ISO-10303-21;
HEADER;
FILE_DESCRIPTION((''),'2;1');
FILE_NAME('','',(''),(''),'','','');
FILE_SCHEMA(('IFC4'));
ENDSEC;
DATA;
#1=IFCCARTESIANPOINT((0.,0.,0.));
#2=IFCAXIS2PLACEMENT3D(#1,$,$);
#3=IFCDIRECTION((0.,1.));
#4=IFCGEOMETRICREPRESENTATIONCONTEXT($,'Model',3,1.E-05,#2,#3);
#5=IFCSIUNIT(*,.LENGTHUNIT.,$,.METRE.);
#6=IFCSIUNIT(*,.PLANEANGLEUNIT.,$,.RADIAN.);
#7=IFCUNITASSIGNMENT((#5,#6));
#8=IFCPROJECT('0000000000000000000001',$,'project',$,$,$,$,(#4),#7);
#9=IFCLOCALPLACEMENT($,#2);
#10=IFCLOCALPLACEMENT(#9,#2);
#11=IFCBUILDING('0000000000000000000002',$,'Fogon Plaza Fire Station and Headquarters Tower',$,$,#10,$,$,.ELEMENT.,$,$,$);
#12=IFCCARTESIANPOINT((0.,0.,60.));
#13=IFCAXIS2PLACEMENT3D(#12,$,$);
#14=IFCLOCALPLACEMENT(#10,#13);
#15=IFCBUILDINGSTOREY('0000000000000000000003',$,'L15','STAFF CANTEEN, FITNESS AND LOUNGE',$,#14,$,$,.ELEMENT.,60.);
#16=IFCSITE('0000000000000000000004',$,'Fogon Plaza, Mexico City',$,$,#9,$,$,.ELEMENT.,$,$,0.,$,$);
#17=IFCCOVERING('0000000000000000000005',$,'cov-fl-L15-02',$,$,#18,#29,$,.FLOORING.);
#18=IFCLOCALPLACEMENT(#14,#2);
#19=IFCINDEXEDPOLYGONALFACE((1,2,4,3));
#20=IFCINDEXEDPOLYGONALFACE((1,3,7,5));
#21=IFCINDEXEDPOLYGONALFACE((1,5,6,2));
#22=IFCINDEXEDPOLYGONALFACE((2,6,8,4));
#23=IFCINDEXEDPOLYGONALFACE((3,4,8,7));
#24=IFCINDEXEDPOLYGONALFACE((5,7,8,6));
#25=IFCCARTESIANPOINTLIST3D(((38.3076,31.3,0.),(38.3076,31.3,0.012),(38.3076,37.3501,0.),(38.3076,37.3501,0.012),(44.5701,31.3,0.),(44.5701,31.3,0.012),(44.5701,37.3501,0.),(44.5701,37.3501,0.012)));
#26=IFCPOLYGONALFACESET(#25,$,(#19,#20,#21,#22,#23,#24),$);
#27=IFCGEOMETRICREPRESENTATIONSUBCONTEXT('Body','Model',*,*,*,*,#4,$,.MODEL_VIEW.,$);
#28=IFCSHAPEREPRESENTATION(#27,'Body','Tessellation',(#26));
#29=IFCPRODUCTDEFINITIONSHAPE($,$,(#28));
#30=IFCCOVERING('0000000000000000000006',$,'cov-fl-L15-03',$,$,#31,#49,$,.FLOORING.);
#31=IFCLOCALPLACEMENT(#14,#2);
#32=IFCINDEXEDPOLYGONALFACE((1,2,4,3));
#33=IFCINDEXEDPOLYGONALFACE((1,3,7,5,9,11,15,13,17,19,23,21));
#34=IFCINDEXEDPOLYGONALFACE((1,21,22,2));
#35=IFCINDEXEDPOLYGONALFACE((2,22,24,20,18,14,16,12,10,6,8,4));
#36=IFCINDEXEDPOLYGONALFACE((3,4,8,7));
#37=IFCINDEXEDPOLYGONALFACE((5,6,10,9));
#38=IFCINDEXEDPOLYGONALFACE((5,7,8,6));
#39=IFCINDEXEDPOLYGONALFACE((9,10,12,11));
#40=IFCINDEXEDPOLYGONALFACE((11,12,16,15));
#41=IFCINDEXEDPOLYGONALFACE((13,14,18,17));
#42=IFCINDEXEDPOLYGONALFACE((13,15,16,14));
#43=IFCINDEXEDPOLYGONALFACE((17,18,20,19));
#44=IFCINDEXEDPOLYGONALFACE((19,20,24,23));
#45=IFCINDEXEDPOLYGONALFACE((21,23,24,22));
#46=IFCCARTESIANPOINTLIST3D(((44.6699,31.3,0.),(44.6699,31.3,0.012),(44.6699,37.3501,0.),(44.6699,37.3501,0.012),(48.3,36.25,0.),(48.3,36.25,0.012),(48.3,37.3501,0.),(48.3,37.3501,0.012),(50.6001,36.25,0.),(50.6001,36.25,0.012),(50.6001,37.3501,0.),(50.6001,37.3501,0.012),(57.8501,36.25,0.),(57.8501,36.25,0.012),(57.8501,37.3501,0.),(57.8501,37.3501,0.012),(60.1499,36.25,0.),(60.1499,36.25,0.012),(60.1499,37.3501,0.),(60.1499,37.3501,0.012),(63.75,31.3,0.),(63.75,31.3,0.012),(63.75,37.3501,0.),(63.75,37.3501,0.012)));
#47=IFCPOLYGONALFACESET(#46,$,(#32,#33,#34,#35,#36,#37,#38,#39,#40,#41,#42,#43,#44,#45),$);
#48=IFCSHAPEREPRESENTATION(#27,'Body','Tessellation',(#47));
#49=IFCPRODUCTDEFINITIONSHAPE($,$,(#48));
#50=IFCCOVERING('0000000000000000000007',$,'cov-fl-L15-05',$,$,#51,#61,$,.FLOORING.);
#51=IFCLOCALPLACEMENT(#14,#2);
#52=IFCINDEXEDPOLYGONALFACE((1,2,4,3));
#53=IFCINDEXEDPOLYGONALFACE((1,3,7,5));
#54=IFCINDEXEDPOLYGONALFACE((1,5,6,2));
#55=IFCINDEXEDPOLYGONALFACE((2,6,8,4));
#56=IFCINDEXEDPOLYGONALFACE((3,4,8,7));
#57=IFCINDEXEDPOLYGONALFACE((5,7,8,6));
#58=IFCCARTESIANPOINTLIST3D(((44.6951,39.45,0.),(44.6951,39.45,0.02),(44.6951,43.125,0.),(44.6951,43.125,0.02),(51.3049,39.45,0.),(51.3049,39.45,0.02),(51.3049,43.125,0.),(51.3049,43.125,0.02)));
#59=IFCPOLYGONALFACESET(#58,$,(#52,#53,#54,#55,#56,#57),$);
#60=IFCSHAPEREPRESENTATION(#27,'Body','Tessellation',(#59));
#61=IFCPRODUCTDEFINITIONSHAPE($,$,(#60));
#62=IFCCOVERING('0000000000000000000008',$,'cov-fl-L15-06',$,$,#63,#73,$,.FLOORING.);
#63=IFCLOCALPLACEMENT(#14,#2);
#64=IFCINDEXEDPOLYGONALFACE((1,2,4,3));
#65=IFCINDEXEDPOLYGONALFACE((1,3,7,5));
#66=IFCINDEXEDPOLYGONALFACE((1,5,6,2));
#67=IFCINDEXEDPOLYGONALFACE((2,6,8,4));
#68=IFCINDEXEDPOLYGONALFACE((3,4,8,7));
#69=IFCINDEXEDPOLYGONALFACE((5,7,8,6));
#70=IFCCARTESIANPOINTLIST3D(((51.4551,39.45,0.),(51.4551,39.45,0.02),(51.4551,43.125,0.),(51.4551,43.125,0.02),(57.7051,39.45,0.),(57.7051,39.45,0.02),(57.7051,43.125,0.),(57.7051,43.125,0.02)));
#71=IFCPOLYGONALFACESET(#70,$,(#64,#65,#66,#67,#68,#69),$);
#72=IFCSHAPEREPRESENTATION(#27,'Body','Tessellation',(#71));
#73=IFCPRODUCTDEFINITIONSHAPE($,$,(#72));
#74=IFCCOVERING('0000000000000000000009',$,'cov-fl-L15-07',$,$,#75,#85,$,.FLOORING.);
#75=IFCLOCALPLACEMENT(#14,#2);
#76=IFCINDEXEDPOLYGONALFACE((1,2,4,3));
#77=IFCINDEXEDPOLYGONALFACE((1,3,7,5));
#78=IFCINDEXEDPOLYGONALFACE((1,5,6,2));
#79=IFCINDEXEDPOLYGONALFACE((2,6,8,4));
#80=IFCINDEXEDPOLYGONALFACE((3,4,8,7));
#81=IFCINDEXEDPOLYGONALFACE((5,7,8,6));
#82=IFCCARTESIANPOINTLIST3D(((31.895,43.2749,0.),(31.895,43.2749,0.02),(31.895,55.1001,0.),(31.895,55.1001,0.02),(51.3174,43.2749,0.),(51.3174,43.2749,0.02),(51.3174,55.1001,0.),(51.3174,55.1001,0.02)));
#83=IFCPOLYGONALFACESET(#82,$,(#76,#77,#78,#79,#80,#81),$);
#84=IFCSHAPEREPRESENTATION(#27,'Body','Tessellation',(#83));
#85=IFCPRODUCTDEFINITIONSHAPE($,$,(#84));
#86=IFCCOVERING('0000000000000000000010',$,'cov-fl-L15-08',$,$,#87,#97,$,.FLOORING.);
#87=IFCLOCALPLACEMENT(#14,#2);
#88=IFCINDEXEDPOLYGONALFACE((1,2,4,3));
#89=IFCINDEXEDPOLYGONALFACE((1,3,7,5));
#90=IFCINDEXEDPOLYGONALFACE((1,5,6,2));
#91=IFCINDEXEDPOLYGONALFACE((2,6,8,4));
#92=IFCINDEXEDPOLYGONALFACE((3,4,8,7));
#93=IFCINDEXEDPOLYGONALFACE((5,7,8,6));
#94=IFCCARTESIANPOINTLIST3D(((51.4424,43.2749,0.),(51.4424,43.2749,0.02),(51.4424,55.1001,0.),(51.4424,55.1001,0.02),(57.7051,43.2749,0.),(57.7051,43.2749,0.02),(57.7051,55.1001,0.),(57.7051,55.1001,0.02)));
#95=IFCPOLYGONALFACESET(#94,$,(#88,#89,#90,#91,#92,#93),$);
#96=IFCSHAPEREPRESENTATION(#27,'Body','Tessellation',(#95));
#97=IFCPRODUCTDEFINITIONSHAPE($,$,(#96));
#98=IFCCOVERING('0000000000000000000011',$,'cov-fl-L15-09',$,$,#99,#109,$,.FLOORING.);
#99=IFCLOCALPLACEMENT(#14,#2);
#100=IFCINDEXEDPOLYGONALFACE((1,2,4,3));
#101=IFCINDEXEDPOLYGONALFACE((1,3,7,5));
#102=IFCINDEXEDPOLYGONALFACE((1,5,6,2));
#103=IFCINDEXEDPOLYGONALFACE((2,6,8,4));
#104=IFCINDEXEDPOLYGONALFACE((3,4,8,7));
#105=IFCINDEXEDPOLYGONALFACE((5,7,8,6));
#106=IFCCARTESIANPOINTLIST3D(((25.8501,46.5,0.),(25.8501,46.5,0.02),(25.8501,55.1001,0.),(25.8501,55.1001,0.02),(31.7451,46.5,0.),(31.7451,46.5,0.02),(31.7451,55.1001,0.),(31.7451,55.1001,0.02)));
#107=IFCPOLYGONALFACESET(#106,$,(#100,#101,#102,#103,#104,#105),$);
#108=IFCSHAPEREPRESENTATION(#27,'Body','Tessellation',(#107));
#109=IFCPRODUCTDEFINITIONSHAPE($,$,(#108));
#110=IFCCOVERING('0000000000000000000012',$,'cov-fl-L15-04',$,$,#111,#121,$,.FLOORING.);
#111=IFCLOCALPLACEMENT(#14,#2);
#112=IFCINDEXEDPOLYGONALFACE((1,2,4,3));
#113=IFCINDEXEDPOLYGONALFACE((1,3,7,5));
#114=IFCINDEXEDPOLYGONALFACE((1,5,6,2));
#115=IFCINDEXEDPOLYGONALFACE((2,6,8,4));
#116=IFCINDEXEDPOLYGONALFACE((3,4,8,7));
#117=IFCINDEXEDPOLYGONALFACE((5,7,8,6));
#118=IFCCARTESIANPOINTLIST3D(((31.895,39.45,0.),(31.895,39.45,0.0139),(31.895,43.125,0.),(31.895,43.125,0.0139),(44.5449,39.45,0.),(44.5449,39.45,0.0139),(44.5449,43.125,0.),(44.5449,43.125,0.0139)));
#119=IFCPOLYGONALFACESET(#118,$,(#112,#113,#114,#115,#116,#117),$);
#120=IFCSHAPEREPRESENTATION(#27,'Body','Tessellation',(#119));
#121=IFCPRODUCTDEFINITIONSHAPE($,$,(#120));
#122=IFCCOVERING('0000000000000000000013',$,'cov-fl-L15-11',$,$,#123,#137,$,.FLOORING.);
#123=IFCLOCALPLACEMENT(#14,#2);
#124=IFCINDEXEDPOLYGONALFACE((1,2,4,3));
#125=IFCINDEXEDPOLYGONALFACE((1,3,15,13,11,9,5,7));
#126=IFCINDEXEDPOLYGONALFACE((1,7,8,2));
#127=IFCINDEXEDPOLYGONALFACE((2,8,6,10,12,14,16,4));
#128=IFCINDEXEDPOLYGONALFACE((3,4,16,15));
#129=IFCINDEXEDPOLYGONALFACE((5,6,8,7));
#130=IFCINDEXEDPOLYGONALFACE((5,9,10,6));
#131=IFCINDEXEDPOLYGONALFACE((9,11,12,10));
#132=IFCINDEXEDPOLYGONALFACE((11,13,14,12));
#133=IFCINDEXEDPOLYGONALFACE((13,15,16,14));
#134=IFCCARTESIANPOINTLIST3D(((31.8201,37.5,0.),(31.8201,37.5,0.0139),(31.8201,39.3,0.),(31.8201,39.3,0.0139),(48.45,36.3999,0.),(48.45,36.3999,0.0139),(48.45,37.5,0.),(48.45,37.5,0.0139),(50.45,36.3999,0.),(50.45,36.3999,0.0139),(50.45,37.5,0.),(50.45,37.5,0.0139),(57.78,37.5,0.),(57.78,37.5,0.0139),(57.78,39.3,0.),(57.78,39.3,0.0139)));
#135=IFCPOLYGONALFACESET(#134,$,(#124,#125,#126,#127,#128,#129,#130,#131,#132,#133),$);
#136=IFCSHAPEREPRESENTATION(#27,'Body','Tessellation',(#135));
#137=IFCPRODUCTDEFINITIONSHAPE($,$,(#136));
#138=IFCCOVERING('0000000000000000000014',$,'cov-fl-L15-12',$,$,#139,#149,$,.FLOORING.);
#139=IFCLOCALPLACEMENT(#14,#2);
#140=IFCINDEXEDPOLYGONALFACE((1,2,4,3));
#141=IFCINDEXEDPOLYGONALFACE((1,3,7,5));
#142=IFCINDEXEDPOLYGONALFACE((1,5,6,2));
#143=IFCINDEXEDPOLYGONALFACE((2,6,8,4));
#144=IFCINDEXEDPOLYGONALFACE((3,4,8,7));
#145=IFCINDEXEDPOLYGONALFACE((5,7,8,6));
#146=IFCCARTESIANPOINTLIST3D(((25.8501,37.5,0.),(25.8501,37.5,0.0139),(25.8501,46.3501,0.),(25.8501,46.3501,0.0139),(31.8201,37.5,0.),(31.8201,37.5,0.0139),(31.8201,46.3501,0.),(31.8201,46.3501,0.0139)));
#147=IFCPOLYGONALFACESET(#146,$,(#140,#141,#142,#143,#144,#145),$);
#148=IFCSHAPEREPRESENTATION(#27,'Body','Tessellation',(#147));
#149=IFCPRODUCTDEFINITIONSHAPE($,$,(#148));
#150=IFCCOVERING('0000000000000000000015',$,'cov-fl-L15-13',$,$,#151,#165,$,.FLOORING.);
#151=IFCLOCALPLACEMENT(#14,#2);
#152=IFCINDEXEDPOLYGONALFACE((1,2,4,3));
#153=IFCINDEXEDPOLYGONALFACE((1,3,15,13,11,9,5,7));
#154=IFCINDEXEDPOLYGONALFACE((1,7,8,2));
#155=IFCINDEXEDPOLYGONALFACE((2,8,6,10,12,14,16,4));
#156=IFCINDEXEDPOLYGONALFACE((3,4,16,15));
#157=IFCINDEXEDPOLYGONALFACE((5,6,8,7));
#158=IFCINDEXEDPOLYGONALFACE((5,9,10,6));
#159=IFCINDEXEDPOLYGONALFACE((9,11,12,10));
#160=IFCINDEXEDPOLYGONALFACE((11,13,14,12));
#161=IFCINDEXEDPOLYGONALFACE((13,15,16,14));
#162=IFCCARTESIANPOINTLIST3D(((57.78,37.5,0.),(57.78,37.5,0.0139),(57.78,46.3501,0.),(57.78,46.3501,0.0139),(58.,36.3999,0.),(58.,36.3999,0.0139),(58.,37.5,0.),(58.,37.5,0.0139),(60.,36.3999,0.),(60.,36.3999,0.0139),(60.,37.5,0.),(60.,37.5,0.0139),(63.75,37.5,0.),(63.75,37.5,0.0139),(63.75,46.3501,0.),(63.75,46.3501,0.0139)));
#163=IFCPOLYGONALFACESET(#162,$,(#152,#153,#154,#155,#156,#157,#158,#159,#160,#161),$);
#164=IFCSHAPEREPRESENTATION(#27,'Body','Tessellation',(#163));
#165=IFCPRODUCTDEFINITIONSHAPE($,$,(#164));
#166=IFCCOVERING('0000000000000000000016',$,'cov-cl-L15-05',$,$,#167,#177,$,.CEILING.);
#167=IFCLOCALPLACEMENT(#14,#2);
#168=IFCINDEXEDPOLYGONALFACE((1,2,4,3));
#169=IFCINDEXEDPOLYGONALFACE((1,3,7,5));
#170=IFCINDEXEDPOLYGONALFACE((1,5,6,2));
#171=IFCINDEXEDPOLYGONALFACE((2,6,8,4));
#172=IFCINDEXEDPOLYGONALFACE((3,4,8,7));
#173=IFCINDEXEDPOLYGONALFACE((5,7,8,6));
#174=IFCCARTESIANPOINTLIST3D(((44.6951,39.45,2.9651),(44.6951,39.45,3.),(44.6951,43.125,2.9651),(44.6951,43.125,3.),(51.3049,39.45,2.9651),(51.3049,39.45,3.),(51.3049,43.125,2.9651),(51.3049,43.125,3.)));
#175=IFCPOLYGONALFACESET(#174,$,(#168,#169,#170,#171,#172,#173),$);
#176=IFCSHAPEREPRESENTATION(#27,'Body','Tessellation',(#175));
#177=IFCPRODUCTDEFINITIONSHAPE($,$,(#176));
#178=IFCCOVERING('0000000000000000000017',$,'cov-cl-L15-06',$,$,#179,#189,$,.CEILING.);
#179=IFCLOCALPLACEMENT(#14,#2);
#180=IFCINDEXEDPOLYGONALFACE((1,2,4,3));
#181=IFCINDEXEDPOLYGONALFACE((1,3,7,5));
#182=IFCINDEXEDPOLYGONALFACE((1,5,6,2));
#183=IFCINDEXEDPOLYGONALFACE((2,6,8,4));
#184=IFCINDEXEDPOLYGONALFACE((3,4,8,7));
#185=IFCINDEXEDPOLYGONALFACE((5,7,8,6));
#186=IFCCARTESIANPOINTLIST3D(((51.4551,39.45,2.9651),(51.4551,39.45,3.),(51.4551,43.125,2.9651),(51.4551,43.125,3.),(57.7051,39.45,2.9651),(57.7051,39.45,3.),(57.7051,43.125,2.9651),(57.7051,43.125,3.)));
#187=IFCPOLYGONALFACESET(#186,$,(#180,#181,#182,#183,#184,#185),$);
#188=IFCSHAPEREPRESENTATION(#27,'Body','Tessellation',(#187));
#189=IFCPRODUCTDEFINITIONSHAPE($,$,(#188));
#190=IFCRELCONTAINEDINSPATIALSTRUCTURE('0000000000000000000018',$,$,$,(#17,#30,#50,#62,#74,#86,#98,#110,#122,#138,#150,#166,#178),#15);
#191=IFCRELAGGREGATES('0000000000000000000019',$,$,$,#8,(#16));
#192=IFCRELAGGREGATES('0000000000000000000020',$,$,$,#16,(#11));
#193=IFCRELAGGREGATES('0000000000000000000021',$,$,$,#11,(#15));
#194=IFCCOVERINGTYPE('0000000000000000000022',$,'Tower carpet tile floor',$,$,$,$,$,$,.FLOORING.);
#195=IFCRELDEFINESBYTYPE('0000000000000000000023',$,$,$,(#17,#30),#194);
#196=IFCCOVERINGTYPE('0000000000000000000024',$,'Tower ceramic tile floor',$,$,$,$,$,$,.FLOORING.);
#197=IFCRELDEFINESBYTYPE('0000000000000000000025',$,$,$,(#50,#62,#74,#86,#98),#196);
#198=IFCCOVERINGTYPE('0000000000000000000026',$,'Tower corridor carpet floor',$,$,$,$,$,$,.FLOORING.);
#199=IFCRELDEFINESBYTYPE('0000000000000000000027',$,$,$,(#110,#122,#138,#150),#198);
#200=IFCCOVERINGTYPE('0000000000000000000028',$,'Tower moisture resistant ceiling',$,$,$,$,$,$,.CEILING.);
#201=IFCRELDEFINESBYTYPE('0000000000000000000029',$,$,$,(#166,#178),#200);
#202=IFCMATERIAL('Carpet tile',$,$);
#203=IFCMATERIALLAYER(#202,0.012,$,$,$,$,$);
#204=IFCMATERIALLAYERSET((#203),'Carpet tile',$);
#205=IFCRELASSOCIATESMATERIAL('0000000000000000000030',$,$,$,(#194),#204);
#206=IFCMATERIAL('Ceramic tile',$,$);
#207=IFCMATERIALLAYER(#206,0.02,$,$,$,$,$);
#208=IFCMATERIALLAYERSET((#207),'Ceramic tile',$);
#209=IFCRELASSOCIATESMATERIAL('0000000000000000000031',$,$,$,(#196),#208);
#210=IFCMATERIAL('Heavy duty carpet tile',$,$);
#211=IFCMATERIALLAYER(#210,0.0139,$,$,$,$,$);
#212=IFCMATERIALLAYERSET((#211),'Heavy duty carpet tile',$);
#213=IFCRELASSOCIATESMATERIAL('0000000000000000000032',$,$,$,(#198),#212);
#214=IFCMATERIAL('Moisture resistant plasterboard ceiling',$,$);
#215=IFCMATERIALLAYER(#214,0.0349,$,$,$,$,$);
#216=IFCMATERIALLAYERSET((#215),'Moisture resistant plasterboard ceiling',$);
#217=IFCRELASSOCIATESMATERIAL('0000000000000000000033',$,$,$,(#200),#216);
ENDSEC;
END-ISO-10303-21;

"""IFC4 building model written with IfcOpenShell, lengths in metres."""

from ifc_helpers import new_model, si_unit, direction, frame, origin, place, context, subcontext, project, spatial, polyline, outline, extrude, material, layer, layer_set, type_object, element, save


model = new_model("IFC4")

# Units and contexts
model_context = context("Model", 3, precision=1e-05, world=origin(), true_north=direction((0.0, 1.0)))
body_context = subcontext(model_context, "Body", "Model", "MODEL_VIEW")
ifc_project = project(units=[si_unit("LENGTHUNIT", "METRE"), si_unit("PLANEANGLEUNIT", "RADIAN")], contexts=[model_context])

# Site, building, storey
site_placement = place(None, origin())
site = spatial("IfcSite", under=ifc_project, at=site_placement, Name="Fogon Plaza, Mexico City", CompositionType="ELEMENT", RefElevation=0.0)
building_placement = place(site_placement, origin())
building = spatial("IfcBuilding", under=site, at=building_placement, Name="Fogon Plaza Fire Station and Headquarters Tower", CompositionType="ELEMENT")
storey_placement = place(building_placement, frame((0.0, 0.0, 60.0)))
storey = spatial("IfcBuildingStorey", under=building, at=storey_placement, Name="L15", Description="STAFF CANTEEN, FITNESS AND LOUNGE", CompositionType="ELEMENT", Elevation=60.0)

# Coverings
ifc_material_1 = material(Name="Carpet tile")
ifc_layer_1 = layer(ifc_material_1, 0.012)
ifc_layer_set_1 = layer_set([ifc_layer_1], Name="Carpet tile")
covering_type_1 = type_object("IfcCoveringType", Name="Tower carpet tile floor", PredefinedType="FLOORING", material=ifc_layer_set_1)
covering_1_placement = place(storey_placement, origin())
element("IfcCovering", 1, at=covering_1_placement, inside=storey, type_object=covering_type_1, Name="cov-fl-L15-02", PredefinedType="FLOORING", context=body_context, shape_type="SweptSolid", body=[
    extrude(outline(polyline([(44.5701, 31.3), (44.5701, 37.3501), (38.3076, 37.3501), (38.3076, 31.3), (44.5701, 31.3)])), origin(), (0.0, 0.0, 1.0), 0.012),
])
covering_2_placement = place(storey_placement, origin())
element("IfcCovering", 2, at=covering_2_placement, inside=storey, type_object=covering_type_1, Name="cov-fl-L15-03", PredefinedType="FLOORING", context=body_context, shape_type="SweptSolid", body=[
    extrude(outline(polyline([(63.75, 31.3), (63.75, 37.3501), (60.1499, 37.3501), (60.1499, 36.25), (57.8501, 36.25), (57.8501, 37.3501), (50.6001, 37.3501), (50.6001, 36.25), (48.3, 36.25), (48.3, 37.3501), (44.6699, 37.3501), (44.6699, 31.3), (63.75, 31.3)])), origin(), (0.0, 0.0, 1.0), 0.012),
])
ifc_material_2 = material(Name="Ceramic tile")
ifc_layer_2 = layer(ifc_material_2, 0.02)
ifc_layer_set_2 = layer_set([ifc_layer_2], Name="Ceramic tile")
covering_type_2 = type_object("IfcCoveringType", Name="Tower ceramic tile floor", PredefinedType="FLOORING", material=ifc_layer_set_2)
covering_3_placement = place(storey_placement, origin())
element("IfcCovering", 3, at=covering_3_placement, inside=storey, type_object=covering_type_2, Name="cov-fl-L15-05", PredefinedType="FLOORING", context=body_context, shape_type="SweptSolid", body=[
    extrude(outline(polyline([(51.3049, 39.45), (51.3049, 43.125), (44.6951, 43.125), (44.6951, 39.45), (51.3049, 39.45)])), origin(), (0.0, 0.0, 1.0), 0.02),
])
covering_4_placement = place(storey_placement, origin())
element("IfcCovering", 4, at=covering_4_placement, inside=storey, type_object=covering_type_2, Name="cov-fl-L15-06", PredefinedType="FLOORING", context=body_context, shape_type="SweptSolid", body=[
    extrude(outline(polyline([(57.7051, 39.45), (57.7051, 43.125), (51.4551, 43.125), (51.4551, 39.45), (57.7051, 39.45)])), origin(), (0.0, 0.0, 1.0), 0.02),
])
covering_5_placement = place(storey_placement, origin())
element("IfcCovering", 5, at=covering_5_placement, inside=storey, type_object=covering_type_2, Name="cov-fl-L15-07", PredefinedType="FLOORING", context=body_context, shape_type="SweptSolid", body=[
    extrude(outline(polyline([(51.3174, 43.2749), (51.3174, 55.1001), (31.895, 55.1001), (31.895, 43.2749), (51.3174, 43.2749)])), origin(), (0.0, 0.0, 1.0), 0.02),
])
covering_6_placement = place(storey_placement, origin())
element("IfcCovering", 6, at=covering_6_placement, inside=storey, type_object=covering_type_2, Name="cov-fl-L15-08", PredefinedType="FLOORING", context=body_context, shape_type="SweptSolid", body=[
    extrude(outline(polyline([(57.7051, 43.2749), (57.7051, 55.1001), (51.4424, 55.1001), (51.4424, 43.2749), (57.7051, 43.2749)])), origin(), (0.0, 0.0, 1.0), 0.02),
])
covering_7_placement = place(storey_placement, origin())
element("IfcCovering", 7, at=covering_7_placement, inside=storey, type_object=covering_type_2, Name="cov-fl-L15-09", PredefinedType="FLOORING", context=body_context, shape_type="SweptSolid", body=[
    extrude(outline(polyline([(31.7451, 46.5), (31.7451, 55.1001), (25.8501, 55.1001), (25.8501, 46.5), (31.7451, 46.5)])), origin(), (0.0, 0.0, 1.0), 0.02),
])
ifc_material_3 = material(Name="Heavy duty carpet tile")
ifc_layer_3 = layer(ifc_material_3, 0.0139)
ifc_layer_set_3 = layer_set([ifc_layer_3], Name="Heavy duty carpet tile")
covering_type_3 = type_object("IfcCoveringType", Name="Tower corridor carpet floor", PredefinedType="FLOORING", material=ifc_layer_set_3)
covering_8_placement = place(storey_placement, origin())
element("IfcCovering", 8, at=covering_8_placement, inside=storey, type_object=covering_type_3, Name="cov-fl-L15-04", PredefinedType="FLOORING", context=body_context, shape_type="SweptSolid", body=[
    extrude(outline(polyline([(44.5449, 39.45), (44.5449, 43.125), (31.895, 43.125), (31.895, 39.45), (44.5449, 39.45)])), origin(), (0.0, 0.0, 1.0), 0.0139),
])
covering_9_placement = place(storey_placement, origin())
element("IfcCovering", 9, at=covering_9_placement, inside=storey, type_object=covering_type_3, Name="cov-fl-L15-11", PredefinedType="FLOORING", context=body_context, shape_type="SweptSolid", body=[
    extrude(outline(polyline([(31.8201, 37.5), (48.45, 37.5), (48.45, 36.3999), (50.45, 36.3999), (50.45, 37.5), (57.78, 37.5), (57.78, 39.3), (31.8201, 39.3), (31.8201, 37.5)])), origin(), (0.0, 0.0, 1.0), 0.0139),
])
covering_10_placement = place(storey_placement, origin())
element("IfcCovering", 10, at=covering_10_placement, inside=storey, type_object=covering_type_3, Name="cov-fl-L15-12", PredefinedType="FLOORING", context=body_context, shape_type="SweptSolid", body=[
    extrude(outline(polyline([(31.8201, 37.5), (31.8201, 46.3501), (25.8501, 46.3501), (25.8501, 37.5), (31.8201, 37.5)])), origin(), (0.0, 0.0, 1.0), 0.0139),
])
covering_11_placement = place(storey_placement, origin())
element("IfcCovering", 11, at=covering_11_placement, inside=storey, type_object=covering_type_3, Name="cov-fl-L15-13", PredefinedType="FLOORING", context=body_context, shape_type="SweptSolid", body=[
    extrude(outline(polyline([(57.78, 37.5), (58.0, 37.5), (58.0, 36.3999), (60.0, 36.3999), (60.0, 37.5), (63.75, 37.5), (63.75, 46.3501), (57.78, 46.3501), (57.78, 37.5)])), origin(), (0.0, 0.0, 1.0), 0.0139),
])
ifc_material_4 = material(Name="Moisture resistant plasterboard ceiling")
ifc_layer_4 = layer(ifc_material_4, 0.0349)
ifc_layer_set_4 = layer_set([ifc_layer_4], Name="Moisture resistant plasterboard ceiling")
covering_type_4 = type_object("IfcCoveringType", Name="Tower moisture resistant ceiling", PredefinedType="CEILING", material=ifc_layer_set_4)
covering_12_placement = place(storey_placement, frame((0.0, 0.0, 2.9651)))
element("IfcCovering", 12, at=covering_12_placement, inside=storey, type_object=covering_type_4, Name="cov-cl-L15-05", PredefinedType="CEILING", context=body_context, shape_type="SweptSolid", body=[
    extrude(outline(polyline([(51.3049, 39.45), (51.3049, 43.125), (44.6951, 43.125), (44.6951, 39.45), (51.3049, 39.45)])), origin(), (0.0, 0.0, 1.0), 0.0349),
])
covering_13_placement = place(storey_placement, frame((0.0, 0.0, 2.9651)))
element("IfcCovering", 13, at=covering_13_placement, inside=storey, type_object=covering_type_4, Name="cov-cl-L15-06", PredefinedType="CEILING", context=body_context, shape_type="SweptSolid", body=[
    extrude(outline(polyline([(57.7051, 39.45), (57.7051, 43.125), (51.4551, 43.125), (51.4551, 39.45), (57.7051, 39.45)])), origin(), (0.0, 0.0, 1.0), 0.0349),
])

save(model, "model.ifc")
